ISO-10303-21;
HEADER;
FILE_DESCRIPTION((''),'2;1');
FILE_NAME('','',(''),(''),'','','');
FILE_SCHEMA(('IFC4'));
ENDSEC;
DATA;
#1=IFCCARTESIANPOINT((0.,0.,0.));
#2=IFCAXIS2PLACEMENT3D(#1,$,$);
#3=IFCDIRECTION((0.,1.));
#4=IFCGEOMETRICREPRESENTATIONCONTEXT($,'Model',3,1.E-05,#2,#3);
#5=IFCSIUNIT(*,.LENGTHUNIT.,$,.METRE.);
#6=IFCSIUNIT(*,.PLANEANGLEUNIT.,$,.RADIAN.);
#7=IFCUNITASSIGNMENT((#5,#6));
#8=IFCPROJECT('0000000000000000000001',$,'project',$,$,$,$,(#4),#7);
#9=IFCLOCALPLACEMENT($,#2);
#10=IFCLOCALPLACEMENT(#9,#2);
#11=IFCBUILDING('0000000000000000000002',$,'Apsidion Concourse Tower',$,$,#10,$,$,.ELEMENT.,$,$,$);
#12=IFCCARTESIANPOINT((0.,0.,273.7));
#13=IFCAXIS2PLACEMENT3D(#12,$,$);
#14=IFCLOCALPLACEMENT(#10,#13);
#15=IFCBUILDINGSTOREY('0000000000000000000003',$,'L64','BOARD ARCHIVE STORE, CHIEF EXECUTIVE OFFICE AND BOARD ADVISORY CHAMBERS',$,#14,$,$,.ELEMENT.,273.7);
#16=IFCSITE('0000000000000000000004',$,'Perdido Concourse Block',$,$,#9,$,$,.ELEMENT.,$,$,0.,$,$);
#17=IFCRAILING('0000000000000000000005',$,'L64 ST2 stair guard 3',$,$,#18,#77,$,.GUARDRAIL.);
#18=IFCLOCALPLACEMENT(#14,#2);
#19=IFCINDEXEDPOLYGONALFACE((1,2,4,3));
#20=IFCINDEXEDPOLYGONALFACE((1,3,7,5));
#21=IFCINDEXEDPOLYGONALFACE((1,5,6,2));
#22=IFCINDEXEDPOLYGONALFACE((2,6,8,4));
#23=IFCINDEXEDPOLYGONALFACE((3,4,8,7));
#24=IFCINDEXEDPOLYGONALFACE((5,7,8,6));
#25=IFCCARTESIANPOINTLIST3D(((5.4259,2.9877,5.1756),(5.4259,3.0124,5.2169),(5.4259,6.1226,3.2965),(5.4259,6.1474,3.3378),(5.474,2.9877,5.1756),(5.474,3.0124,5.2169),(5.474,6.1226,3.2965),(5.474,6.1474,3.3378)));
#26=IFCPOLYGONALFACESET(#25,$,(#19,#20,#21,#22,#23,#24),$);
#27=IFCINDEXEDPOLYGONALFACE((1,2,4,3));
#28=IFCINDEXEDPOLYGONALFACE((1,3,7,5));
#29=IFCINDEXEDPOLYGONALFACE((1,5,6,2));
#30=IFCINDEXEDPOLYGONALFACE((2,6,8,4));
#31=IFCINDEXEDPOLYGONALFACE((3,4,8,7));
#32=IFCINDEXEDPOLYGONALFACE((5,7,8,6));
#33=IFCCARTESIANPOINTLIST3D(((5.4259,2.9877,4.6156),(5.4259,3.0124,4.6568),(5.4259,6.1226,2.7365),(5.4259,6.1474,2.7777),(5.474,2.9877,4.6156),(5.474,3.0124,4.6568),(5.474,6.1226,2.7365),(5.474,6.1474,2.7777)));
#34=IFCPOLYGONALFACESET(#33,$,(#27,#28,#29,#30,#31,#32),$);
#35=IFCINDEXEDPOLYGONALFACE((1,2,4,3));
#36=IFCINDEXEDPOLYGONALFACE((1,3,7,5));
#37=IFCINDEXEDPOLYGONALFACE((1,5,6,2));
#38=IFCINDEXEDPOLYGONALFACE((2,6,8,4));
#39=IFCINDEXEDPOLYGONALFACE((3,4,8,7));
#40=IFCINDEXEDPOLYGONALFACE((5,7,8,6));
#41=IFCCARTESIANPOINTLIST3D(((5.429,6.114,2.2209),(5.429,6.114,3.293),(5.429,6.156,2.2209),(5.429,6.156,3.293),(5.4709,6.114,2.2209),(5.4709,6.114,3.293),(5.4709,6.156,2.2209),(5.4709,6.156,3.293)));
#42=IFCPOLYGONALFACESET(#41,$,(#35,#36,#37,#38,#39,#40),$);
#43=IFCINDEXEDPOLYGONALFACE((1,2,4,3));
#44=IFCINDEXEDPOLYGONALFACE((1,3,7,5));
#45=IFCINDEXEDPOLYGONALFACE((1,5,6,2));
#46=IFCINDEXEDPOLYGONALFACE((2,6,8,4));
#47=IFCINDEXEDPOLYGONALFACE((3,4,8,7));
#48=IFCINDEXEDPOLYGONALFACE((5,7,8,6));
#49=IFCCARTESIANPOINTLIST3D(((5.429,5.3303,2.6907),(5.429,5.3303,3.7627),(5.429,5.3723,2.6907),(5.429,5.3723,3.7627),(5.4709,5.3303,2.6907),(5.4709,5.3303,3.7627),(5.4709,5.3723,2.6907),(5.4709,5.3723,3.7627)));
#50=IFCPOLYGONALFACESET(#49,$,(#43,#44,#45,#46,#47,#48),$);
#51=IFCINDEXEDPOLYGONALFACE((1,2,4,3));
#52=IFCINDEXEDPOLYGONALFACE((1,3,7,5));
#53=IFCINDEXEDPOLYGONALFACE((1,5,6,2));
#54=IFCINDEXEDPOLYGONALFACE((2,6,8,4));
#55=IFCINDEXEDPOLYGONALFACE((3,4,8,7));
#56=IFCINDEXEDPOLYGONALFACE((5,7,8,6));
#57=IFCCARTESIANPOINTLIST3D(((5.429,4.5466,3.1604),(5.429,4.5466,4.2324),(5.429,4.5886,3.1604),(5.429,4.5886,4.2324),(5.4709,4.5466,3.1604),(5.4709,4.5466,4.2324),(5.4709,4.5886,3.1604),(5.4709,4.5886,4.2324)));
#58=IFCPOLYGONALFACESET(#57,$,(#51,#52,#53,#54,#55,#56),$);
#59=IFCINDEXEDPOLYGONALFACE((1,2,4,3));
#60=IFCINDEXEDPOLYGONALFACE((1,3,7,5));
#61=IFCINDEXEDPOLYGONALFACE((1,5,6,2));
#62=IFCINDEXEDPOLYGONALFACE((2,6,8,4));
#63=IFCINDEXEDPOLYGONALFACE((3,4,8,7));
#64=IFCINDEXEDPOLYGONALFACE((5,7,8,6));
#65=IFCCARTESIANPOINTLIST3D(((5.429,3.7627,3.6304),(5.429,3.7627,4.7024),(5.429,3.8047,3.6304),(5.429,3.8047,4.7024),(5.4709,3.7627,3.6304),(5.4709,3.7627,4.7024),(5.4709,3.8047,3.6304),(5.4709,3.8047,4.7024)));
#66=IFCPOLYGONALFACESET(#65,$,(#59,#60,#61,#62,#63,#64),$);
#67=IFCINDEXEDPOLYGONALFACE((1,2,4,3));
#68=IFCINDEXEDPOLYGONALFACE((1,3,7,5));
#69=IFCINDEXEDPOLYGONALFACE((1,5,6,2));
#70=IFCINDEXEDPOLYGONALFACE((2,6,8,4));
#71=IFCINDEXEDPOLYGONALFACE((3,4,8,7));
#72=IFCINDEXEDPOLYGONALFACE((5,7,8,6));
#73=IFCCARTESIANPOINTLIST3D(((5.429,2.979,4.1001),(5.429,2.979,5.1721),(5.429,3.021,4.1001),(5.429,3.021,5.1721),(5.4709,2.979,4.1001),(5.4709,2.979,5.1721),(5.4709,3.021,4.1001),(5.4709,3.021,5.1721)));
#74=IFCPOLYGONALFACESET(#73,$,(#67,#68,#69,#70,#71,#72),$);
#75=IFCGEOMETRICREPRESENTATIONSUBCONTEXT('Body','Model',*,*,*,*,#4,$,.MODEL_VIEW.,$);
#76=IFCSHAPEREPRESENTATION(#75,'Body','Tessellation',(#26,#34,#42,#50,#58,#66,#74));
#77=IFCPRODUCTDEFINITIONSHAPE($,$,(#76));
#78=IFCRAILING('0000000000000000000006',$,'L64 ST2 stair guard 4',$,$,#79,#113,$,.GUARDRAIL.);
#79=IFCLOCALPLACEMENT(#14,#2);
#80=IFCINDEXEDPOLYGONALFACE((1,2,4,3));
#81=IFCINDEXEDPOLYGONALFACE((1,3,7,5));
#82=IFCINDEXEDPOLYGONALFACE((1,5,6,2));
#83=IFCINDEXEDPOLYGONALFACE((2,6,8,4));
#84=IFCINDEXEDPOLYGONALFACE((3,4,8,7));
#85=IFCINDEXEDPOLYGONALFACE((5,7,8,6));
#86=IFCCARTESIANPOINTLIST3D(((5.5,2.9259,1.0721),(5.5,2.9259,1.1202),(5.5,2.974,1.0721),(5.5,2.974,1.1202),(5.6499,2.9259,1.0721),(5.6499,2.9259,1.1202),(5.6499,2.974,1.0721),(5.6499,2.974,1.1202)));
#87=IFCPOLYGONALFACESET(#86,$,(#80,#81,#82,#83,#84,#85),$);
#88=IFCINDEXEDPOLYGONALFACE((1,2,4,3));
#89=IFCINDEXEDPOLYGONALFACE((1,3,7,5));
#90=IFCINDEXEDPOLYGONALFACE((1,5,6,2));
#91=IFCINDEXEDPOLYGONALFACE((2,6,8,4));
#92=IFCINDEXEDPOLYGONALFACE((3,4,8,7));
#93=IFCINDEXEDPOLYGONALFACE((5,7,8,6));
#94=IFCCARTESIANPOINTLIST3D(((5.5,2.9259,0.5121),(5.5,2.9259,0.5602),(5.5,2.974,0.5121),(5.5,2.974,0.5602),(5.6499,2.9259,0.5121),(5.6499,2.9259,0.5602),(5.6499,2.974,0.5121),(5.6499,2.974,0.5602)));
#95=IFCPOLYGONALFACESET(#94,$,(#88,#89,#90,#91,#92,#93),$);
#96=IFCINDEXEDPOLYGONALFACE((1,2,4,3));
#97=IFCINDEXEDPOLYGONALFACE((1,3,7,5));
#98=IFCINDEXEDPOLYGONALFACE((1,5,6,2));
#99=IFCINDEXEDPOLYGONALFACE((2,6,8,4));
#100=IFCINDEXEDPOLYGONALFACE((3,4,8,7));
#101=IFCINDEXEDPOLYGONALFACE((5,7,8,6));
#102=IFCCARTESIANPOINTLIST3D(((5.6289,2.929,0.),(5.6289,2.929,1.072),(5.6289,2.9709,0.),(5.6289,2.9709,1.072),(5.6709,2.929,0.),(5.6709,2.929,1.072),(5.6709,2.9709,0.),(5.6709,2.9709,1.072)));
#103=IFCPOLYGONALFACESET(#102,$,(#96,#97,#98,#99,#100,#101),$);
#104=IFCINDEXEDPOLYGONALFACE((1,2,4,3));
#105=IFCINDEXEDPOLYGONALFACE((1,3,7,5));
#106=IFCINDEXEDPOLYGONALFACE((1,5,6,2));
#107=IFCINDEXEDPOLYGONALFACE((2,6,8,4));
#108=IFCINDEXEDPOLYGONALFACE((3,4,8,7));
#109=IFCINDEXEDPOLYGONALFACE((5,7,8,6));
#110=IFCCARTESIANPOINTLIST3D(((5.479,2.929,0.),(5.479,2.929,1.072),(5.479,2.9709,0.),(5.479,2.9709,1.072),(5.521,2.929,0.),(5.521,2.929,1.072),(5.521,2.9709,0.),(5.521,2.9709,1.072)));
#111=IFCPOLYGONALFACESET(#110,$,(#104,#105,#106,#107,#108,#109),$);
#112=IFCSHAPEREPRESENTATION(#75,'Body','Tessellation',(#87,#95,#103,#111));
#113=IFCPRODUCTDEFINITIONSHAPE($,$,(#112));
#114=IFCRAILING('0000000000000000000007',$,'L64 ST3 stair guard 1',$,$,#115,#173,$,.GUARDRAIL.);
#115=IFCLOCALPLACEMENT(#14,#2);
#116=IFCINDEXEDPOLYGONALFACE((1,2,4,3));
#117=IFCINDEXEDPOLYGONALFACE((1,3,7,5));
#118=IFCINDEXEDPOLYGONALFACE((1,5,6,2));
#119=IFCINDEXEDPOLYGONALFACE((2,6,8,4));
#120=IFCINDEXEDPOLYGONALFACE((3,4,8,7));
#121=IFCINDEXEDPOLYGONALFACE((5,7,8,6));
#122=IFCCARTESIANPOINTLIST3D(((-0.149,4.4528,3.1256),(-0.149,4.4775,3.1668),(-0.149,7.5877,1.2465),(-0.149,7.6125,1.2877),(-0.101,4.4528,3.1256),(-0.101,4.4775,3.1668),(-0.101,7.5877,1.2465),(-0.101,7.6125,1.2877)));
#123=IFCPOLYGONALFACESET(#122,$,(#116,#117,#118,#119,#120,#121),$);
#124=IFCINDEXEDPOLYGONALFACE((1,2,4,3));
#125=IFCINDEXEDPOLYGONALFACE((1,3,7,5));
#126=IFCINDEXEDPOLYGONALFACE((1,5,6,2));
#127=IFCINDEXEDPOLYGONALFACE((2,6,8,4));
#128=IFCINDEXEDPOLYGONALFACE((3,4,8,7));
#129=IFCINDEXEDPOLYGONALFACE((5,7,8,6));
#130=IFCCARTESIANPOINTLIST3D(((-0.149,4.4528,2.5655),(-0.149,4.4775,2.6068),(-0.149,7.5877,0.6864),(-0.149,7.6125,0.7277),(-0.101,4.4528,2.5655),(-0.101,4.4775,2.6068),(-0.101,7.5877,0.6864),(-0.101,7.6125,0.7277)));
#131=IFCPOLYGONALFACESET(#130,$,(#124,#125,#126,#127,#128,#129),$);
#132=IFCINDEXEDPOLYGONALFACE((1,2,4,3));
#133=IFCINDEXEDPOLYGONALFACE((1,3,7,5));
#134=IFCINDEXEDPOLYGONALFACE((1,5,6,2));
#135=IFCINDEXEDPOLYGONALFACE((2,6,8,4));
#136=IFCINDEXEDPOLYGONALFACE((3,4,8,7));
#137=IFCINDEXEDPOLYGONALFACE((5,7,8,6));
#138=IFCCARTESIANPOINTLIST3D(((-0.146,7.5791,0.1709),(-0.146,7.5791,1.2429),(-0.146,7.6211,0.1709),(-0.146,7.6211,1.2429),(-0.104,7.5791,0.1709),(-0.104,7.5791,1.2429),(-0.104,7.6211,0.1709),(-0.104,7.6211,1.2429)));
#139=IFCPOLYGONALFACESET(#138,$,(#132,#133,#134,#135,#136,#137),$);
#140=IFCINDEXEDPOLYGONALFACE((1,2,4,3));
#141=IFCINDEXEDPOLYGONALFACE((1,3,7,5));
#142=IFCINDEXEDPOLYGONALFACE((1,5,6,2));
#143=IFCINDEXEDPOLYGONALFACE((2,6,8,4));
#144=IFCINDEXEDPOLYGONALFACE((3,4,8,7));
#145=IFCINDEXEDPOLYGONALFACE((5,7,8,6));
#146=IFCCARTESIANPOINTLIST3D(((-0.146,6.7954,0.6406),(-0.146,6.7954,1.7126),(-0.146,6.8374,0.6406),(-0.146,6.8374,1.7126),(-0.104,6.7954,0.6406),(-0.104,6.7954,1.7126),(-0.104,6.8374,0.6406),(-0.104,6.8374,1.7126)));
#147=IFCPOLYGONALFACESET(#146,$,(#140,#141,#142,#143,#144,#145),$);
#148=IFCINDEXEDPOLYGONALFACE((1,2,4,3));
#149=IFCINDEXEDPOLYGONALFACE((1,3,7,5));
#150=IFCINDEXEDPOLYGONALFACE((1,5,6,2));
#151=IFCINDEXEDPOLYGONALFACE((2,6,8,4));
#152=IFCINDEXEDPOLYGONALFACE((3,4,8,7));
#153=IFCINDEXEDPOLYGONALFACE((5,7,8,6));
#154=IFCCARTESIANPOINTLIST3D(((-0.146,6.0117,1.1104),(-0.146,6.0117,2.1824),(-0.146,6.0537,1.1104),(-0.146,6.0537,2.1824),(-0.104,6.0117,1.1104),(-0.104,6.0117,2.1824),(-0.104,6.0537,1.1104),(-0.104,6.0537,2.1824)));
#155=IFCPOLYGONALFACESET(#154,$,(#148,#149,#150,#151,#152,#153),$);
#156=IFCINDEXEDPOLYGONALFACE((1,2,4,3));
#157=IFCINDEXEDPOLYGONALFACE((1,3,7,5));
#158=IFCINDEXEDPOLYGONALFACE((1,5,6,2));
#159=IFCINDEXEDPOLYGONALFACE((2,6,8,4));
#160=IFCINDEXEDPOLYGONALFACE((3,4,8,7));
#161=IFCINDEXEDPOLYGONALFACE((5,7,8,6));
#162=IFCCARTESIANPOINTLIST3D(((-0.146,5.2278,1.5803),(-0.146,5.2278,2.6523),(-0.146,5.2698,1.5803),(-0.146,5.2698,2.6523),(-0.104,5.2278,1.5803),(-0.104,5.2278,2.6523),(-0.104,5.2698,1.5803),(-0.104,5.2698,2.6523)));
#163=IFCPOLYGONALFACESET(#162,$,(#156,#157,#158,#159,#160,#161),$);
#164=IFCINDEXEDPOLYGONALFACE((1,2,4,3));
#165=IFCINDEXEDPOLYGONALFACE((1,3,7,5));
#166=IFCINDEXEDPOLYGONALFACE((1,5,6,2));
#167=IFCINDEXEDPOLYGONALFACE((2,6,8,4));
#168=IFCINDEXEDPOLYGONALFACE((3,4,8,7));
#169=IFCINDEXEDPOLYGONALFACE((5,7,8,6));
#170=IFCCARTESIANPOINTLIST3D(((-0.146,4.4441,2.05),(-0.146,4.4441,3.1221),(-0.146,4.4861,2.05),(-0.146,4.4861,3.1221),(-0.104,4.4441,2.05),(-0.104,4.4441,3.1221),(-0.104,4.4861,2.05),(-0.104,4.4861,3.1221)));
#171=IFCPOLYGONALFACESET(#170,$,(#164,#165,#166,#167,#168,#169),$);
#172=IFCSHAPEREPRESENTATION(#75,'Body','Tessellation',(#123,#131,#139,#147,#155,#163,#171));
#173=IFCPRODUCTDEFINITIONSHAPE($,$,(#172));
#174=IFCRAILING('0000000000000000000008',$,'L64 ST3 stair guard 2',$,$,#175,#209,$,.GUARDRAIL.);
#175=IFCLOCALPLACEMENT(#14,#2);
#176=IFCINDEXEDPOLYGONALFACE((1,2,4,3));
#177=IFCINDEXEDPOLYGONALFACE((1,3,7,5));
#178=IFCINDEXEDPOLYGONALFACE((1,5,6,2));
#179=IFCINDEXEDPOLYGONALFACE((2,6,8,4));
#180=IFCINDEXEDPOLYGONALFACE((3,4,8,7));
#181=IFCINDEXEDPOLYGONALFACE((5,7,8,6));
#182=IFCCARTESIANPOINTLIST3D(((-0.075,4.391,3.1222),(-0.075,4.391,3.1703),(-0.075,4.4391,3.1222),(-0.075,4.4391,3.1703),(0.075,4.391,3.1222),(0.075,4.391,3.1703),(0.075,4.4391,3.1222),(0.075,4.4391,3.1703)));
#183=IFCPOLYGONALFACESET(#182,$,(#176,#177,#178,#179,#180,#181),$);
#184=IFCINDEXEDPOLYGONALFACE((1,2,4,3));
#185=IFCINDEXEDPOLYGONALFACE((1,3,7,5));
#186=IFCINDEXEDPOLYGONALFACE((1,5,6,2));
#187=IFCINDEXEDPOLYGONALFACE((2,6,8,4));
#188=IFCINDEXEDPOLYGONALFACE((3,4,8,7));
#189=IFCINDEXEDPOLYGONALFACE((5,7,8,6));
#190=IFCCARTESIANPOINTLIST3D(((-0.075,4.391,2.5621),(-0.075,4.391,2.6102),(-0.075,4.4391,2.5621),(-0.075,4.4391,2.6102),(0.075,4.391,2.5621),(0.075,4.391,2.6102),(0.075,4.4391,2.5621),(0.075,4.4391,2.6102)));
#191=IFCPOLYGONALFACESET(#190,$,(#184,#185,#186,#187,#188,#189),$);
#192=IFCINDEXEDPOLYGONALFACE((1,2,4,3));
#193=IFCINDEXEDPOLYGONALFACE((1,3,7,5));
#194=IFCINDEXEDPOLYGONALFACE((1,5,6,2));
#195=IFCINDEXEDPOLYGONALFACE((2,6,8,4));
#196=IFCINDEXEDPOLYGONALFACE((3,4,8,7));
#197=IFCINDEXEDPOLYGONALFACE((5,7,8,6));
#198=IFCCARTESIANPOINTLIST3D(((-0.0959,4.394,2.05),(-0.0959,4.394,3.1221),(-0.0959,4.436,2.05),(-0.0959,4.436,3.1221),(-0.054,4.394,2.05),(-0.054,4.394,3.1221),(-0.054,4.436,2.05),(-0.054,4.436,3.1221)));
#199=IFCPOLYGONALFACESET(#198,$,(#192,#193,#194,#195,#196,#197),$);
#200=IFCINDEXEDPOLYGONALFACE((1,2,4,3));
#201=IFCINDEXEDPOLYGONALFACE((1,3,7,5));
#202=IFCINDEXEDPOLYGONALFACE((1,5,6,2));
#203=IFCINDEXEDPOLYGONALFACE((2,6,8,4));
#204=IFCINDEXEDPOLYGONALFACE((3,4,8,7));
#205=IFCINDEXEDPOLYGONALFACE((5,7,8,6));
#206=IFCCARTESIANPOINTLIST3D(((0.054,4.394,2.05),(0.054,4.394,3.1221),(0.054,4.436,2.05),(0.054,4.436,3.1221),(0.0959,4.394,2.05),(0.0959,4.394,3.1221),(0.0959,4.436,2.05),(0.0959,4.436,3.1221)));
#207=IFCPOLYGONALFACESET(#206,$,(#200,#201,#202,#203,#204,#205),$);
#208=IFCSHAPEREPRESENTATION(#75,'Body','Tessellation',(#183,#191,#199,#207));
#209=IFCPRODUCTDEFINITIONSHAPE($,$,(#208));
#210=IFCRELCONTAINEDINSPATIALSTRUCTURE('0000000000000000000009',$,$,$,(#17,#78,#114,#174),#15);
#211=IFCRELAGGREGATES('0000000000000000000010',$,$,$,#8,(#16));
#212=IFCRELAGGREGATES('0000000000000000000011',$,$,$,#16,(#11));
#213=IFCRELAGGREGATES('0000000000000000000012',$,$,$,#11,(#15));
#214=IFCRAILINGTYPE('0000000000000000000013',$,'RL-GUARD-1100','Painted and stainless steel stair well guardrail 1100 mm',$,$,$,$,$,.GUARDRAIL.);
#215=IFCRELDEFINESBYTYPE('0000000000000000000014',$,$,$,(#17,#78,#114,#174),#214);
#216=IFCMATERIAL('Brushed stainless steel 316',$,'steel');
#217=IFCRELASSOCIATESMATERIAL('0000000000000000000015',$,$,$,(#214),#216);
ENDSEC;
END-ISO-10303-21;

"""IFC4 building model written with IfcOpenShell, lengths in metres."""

from ifc_helpers import new_model, si_unit, direction, frame, origin, origin_2d, place, context, subcontext, project, spatial, rectangle, extrude, material, type_object, element, save


model = new_model("IFC4")

# Units and contexts
model_context = context("Model", 3, precision=1e-05, world=origin(), true_north=direction((0.0, 1.0)))
body_context = subcontext(model_context, "Body", "Model", "MODEL_VIEW")
ifc_project = project(units=[si_unit("LENGTHUNIT", "METRE"), si_unit("PLANEANGLEUNIT", "RADIAN")], contexts=[model_context])

# Site, building, storey
site_placement = place(None, origin())
site = spatial("IfcSite", under=ifc_project, at=site_placement, Name="Perdido Concourse Block", CompositionType="ELEMENT", RefElevation=0.0)
building_placement = place(site_placement, origin())
building = spatial("IfcBuilding", under=site, at=building_placement, Name="Apsidion Concourse Tower", CompositionType="ELEMENT")
storey_placement = place(building_placement, frame((0.0, 0.0, 273.7)))
storey = spatial("IfcBuildingStorey", under=building, at=storey_placement, Name="L64", Description="BOARD ARCHIVE STORE, CHIEF EXECUTIVE OFFICE AND BOARD ADVISORY CHAMBERS", CompositionType="ELEMENT", Elevation=273.7)

# Railings
ifc_material_1 = material(Name="Brushed stainless steel 316", Category="steel")
railing_type_1 = type_object("IfcRailingType", Name="RL-GUARD-1100", Description="Painted and stainless steel stair well guardrail 1100 mm", PredefinedType="GUARDRAIL", material=ifc_material_1)
railing_1_placement = place(storey_placement, frame((5.45, 6.135, 2.2209)))
element("IfcRailing", 1, at=railing_1_placement, inside=storey, type_object=railing_type_1, Name="L64 ST2 stair guard 3", PredefinedType="GUARDRAIL", context=body_context, shape_type="SweptSolid", body=[
    extrude(rectangle(XDim=0.0481, YDim=0.0481, at=origin_2d()), frame((0.0, 0.0, 1.0962), z_axis=(0.0, -0.857717, 0.514122), x_axis=(1.0, 0.0, 0.0)), (0.0, 0.0, 1.0), 3.655),
    extrude(rectangle(XDim=0.0481, YDim=0.0481, at=origin_2d()), frame((0.0, 0.0, 0.5361), z_axis=(0.0, -0.857717, 0.514122), x_axis=(1.0, 0.0, 0.0)), (0.0, 0.0, 1.0), 3.655),
    extrude(rectangle(XDim=0.042, YDim=0.042, at=origin_2d()), origin(), (0.0, 0.0, 1.0), 1.072),
    extrude(rectangle(XDim=0.042, YDim=0.042, at=origin_2d()), frame((0.0, -0.7837, 0.4697)), (0.0, 0.0, 1.0), 1.072),
    extrude(rectangle(XDim=0.042, YDim=0.042, at=origin_2d()), frame((0.0, -1.5674, 0.9395)), (0.0, 0.0, 1.0), 1.072),
    extrude(rectangle(XDim=0.042, YDim=0.042, at=origin_2d()), frame((0.0, -2.3513, 1.4094)), (0.0, 0.0, 1.0), 1.072),
    extrude(rectangle(XDim=0.042, YDim=0.042, at=origin_2d()), frame((0.0, -3.135, 1.8792)), (0.0, 0.0, 1.0), 1.072),
])
railing_2_placement = place(storey_placement, frame((5.6499, 2.95, 0.0)))
element("IfcRailing", 2, at=railing_2_placement, inside=storey, type_object=railing_type_1, Name="L64 ST2 stair guard 4", PredefinedType="GUARDRAIL", context=body_context, shape_type="SweptSolid", body=[
    extrude(rectangle(XDim=0.0481, YDim=0.0481, at=origin_2d()), frame((0.0, 0.0, 1.0962), z_axis=(-1.0, 0.0, 0.0), x_axis=(0.0, -1.0, 0.0)), (0.0, 0.0, 1.0), 0.1499),
    extrude(rectangle(XDim=0.0481, YDim=0.0481, at=origin_2d()), frame((0.0, 0.0, 0.5361), z_axis=(-1.0, 0.0, 0.0), x_axis=(0.0, -1.0, 0.0)), (0.0, 0.0, 1.0), 0.1499),
    extrude(rectangle(XDim=0.042, YDim=0.042, at=origin_2d()), origin(), (0.0, 0.0, 1.0), 1.072),
    extrude(rectangle(XDim=0.042, YDim=0.042, at=origin_2d()), frame((-0.1499, 0.0, 0.0)), (0.0, 0.0, 1.0), 1.072),
])
railing_3_placement = place(storey_placement, frame((-0.125, 7.6001, 0.1709)))
element("IfcRailing", 3, at=railing_3_placement, inside=storey, type_object=railing_type_1, Name="L64 ST3 stair guard 1", PredefinedType="GUARDRAIL", context=body_context, shape_type="SweptSolid", body=[
    extrude(rectangle(XDim=0.0481, YDim=0.0481, at=origin_2d()), frame((0.0, 0.0, 1.0962), z_axis=(0.0, -0.857717, 0.514122), x_axis=(1.0, 0.0, 0.0)), (0.0, 0.0, 1.0), 3.655),
    extrude(rectangle(XDim=0.0481, YDim=0.0481, at=origin_2d()), frame((0.0, 0.0, 0.5361), z_axis=(0.0, -0.857717, 0.514122), x_axis=(1.0, 0.0, 0.0)), (0.0, 0.0, 1.0), 3.655),
    extrude(rectangle(XDim=0.042, YDim=0.042, at=origin_2d()), origin(), (0.0, 0.0, 1.0), 1.072),
    extrude(rectangle(XDim=0.042, YDim=0.042, at=origin_2d()), frame((0.0, -0.7837, 0.4697)), (0.0, 0.0, 1.0), 1.072),
    extrude(rectangle(XDim=0.042, YDim=0.042, at=origin_2d()), frame((0.0, -1.5674, 0.9395)), (0.0, 0.0, 1.0), 1.072),
    extrude(rectangle(XDim=0.042, YDim=0.042, at=origin_2d()), frame((0.0, -2.3513, 1.4094)), (0.0, 0.0, 1.0), 1.072),
    extrude(rectangle(XDim=0.042, YDim=0.042, at=origin_2d()), frame((0.0, -3.135, 1.8792)), (0.0, 0.0, 1.0), 1.072),
])
railing_4_placement = place(storey_placement, frame((-0.075, 4.415, 2.05)))
element("IfcRailing", 4, at=railing_4_placement, inside=storey, type_object=railing_type_1, Name="L64 ST3 stair guard 2", PredefinedType="GUARDRAIL", context=body_context, shape_type="SweptSolid", body=[
    extrude(rectangle(XDim=0.0481, YDim=0.0481, at=origin_2d()), frame((0.0, 0.0, 1.0962), z_axis=(1.0, 0.0, 0.0), x_axis=(0.0, 1.0, 0.0)), (0.0, 0.0, 1.0), 0.1499),
    extrude(rectangle(XDim=0.0481, YDim=0.0481, at=origin_2d()), frame((0.0, 0.0, 0.5361), z_axis=(1.0, 0.0, 0.0), x_axis=(0.0, 1.0, 0.0)), (0.0, 0.0, 1.0), 0.1499),
    extrude(rectangle(XDim=0.042, YDim=0.042, at=origin_2d()), origin(), (0.0, 0.0, 1.0), 1.072),
    extrude(rectangle(XDim=0.042, YDim=0.042, at=origin_2d()), frame((0.1499, 0.0, 0.0)), (0.0, 0.0, 1.0), 1.072),
])

save(model, "model.ifc")
